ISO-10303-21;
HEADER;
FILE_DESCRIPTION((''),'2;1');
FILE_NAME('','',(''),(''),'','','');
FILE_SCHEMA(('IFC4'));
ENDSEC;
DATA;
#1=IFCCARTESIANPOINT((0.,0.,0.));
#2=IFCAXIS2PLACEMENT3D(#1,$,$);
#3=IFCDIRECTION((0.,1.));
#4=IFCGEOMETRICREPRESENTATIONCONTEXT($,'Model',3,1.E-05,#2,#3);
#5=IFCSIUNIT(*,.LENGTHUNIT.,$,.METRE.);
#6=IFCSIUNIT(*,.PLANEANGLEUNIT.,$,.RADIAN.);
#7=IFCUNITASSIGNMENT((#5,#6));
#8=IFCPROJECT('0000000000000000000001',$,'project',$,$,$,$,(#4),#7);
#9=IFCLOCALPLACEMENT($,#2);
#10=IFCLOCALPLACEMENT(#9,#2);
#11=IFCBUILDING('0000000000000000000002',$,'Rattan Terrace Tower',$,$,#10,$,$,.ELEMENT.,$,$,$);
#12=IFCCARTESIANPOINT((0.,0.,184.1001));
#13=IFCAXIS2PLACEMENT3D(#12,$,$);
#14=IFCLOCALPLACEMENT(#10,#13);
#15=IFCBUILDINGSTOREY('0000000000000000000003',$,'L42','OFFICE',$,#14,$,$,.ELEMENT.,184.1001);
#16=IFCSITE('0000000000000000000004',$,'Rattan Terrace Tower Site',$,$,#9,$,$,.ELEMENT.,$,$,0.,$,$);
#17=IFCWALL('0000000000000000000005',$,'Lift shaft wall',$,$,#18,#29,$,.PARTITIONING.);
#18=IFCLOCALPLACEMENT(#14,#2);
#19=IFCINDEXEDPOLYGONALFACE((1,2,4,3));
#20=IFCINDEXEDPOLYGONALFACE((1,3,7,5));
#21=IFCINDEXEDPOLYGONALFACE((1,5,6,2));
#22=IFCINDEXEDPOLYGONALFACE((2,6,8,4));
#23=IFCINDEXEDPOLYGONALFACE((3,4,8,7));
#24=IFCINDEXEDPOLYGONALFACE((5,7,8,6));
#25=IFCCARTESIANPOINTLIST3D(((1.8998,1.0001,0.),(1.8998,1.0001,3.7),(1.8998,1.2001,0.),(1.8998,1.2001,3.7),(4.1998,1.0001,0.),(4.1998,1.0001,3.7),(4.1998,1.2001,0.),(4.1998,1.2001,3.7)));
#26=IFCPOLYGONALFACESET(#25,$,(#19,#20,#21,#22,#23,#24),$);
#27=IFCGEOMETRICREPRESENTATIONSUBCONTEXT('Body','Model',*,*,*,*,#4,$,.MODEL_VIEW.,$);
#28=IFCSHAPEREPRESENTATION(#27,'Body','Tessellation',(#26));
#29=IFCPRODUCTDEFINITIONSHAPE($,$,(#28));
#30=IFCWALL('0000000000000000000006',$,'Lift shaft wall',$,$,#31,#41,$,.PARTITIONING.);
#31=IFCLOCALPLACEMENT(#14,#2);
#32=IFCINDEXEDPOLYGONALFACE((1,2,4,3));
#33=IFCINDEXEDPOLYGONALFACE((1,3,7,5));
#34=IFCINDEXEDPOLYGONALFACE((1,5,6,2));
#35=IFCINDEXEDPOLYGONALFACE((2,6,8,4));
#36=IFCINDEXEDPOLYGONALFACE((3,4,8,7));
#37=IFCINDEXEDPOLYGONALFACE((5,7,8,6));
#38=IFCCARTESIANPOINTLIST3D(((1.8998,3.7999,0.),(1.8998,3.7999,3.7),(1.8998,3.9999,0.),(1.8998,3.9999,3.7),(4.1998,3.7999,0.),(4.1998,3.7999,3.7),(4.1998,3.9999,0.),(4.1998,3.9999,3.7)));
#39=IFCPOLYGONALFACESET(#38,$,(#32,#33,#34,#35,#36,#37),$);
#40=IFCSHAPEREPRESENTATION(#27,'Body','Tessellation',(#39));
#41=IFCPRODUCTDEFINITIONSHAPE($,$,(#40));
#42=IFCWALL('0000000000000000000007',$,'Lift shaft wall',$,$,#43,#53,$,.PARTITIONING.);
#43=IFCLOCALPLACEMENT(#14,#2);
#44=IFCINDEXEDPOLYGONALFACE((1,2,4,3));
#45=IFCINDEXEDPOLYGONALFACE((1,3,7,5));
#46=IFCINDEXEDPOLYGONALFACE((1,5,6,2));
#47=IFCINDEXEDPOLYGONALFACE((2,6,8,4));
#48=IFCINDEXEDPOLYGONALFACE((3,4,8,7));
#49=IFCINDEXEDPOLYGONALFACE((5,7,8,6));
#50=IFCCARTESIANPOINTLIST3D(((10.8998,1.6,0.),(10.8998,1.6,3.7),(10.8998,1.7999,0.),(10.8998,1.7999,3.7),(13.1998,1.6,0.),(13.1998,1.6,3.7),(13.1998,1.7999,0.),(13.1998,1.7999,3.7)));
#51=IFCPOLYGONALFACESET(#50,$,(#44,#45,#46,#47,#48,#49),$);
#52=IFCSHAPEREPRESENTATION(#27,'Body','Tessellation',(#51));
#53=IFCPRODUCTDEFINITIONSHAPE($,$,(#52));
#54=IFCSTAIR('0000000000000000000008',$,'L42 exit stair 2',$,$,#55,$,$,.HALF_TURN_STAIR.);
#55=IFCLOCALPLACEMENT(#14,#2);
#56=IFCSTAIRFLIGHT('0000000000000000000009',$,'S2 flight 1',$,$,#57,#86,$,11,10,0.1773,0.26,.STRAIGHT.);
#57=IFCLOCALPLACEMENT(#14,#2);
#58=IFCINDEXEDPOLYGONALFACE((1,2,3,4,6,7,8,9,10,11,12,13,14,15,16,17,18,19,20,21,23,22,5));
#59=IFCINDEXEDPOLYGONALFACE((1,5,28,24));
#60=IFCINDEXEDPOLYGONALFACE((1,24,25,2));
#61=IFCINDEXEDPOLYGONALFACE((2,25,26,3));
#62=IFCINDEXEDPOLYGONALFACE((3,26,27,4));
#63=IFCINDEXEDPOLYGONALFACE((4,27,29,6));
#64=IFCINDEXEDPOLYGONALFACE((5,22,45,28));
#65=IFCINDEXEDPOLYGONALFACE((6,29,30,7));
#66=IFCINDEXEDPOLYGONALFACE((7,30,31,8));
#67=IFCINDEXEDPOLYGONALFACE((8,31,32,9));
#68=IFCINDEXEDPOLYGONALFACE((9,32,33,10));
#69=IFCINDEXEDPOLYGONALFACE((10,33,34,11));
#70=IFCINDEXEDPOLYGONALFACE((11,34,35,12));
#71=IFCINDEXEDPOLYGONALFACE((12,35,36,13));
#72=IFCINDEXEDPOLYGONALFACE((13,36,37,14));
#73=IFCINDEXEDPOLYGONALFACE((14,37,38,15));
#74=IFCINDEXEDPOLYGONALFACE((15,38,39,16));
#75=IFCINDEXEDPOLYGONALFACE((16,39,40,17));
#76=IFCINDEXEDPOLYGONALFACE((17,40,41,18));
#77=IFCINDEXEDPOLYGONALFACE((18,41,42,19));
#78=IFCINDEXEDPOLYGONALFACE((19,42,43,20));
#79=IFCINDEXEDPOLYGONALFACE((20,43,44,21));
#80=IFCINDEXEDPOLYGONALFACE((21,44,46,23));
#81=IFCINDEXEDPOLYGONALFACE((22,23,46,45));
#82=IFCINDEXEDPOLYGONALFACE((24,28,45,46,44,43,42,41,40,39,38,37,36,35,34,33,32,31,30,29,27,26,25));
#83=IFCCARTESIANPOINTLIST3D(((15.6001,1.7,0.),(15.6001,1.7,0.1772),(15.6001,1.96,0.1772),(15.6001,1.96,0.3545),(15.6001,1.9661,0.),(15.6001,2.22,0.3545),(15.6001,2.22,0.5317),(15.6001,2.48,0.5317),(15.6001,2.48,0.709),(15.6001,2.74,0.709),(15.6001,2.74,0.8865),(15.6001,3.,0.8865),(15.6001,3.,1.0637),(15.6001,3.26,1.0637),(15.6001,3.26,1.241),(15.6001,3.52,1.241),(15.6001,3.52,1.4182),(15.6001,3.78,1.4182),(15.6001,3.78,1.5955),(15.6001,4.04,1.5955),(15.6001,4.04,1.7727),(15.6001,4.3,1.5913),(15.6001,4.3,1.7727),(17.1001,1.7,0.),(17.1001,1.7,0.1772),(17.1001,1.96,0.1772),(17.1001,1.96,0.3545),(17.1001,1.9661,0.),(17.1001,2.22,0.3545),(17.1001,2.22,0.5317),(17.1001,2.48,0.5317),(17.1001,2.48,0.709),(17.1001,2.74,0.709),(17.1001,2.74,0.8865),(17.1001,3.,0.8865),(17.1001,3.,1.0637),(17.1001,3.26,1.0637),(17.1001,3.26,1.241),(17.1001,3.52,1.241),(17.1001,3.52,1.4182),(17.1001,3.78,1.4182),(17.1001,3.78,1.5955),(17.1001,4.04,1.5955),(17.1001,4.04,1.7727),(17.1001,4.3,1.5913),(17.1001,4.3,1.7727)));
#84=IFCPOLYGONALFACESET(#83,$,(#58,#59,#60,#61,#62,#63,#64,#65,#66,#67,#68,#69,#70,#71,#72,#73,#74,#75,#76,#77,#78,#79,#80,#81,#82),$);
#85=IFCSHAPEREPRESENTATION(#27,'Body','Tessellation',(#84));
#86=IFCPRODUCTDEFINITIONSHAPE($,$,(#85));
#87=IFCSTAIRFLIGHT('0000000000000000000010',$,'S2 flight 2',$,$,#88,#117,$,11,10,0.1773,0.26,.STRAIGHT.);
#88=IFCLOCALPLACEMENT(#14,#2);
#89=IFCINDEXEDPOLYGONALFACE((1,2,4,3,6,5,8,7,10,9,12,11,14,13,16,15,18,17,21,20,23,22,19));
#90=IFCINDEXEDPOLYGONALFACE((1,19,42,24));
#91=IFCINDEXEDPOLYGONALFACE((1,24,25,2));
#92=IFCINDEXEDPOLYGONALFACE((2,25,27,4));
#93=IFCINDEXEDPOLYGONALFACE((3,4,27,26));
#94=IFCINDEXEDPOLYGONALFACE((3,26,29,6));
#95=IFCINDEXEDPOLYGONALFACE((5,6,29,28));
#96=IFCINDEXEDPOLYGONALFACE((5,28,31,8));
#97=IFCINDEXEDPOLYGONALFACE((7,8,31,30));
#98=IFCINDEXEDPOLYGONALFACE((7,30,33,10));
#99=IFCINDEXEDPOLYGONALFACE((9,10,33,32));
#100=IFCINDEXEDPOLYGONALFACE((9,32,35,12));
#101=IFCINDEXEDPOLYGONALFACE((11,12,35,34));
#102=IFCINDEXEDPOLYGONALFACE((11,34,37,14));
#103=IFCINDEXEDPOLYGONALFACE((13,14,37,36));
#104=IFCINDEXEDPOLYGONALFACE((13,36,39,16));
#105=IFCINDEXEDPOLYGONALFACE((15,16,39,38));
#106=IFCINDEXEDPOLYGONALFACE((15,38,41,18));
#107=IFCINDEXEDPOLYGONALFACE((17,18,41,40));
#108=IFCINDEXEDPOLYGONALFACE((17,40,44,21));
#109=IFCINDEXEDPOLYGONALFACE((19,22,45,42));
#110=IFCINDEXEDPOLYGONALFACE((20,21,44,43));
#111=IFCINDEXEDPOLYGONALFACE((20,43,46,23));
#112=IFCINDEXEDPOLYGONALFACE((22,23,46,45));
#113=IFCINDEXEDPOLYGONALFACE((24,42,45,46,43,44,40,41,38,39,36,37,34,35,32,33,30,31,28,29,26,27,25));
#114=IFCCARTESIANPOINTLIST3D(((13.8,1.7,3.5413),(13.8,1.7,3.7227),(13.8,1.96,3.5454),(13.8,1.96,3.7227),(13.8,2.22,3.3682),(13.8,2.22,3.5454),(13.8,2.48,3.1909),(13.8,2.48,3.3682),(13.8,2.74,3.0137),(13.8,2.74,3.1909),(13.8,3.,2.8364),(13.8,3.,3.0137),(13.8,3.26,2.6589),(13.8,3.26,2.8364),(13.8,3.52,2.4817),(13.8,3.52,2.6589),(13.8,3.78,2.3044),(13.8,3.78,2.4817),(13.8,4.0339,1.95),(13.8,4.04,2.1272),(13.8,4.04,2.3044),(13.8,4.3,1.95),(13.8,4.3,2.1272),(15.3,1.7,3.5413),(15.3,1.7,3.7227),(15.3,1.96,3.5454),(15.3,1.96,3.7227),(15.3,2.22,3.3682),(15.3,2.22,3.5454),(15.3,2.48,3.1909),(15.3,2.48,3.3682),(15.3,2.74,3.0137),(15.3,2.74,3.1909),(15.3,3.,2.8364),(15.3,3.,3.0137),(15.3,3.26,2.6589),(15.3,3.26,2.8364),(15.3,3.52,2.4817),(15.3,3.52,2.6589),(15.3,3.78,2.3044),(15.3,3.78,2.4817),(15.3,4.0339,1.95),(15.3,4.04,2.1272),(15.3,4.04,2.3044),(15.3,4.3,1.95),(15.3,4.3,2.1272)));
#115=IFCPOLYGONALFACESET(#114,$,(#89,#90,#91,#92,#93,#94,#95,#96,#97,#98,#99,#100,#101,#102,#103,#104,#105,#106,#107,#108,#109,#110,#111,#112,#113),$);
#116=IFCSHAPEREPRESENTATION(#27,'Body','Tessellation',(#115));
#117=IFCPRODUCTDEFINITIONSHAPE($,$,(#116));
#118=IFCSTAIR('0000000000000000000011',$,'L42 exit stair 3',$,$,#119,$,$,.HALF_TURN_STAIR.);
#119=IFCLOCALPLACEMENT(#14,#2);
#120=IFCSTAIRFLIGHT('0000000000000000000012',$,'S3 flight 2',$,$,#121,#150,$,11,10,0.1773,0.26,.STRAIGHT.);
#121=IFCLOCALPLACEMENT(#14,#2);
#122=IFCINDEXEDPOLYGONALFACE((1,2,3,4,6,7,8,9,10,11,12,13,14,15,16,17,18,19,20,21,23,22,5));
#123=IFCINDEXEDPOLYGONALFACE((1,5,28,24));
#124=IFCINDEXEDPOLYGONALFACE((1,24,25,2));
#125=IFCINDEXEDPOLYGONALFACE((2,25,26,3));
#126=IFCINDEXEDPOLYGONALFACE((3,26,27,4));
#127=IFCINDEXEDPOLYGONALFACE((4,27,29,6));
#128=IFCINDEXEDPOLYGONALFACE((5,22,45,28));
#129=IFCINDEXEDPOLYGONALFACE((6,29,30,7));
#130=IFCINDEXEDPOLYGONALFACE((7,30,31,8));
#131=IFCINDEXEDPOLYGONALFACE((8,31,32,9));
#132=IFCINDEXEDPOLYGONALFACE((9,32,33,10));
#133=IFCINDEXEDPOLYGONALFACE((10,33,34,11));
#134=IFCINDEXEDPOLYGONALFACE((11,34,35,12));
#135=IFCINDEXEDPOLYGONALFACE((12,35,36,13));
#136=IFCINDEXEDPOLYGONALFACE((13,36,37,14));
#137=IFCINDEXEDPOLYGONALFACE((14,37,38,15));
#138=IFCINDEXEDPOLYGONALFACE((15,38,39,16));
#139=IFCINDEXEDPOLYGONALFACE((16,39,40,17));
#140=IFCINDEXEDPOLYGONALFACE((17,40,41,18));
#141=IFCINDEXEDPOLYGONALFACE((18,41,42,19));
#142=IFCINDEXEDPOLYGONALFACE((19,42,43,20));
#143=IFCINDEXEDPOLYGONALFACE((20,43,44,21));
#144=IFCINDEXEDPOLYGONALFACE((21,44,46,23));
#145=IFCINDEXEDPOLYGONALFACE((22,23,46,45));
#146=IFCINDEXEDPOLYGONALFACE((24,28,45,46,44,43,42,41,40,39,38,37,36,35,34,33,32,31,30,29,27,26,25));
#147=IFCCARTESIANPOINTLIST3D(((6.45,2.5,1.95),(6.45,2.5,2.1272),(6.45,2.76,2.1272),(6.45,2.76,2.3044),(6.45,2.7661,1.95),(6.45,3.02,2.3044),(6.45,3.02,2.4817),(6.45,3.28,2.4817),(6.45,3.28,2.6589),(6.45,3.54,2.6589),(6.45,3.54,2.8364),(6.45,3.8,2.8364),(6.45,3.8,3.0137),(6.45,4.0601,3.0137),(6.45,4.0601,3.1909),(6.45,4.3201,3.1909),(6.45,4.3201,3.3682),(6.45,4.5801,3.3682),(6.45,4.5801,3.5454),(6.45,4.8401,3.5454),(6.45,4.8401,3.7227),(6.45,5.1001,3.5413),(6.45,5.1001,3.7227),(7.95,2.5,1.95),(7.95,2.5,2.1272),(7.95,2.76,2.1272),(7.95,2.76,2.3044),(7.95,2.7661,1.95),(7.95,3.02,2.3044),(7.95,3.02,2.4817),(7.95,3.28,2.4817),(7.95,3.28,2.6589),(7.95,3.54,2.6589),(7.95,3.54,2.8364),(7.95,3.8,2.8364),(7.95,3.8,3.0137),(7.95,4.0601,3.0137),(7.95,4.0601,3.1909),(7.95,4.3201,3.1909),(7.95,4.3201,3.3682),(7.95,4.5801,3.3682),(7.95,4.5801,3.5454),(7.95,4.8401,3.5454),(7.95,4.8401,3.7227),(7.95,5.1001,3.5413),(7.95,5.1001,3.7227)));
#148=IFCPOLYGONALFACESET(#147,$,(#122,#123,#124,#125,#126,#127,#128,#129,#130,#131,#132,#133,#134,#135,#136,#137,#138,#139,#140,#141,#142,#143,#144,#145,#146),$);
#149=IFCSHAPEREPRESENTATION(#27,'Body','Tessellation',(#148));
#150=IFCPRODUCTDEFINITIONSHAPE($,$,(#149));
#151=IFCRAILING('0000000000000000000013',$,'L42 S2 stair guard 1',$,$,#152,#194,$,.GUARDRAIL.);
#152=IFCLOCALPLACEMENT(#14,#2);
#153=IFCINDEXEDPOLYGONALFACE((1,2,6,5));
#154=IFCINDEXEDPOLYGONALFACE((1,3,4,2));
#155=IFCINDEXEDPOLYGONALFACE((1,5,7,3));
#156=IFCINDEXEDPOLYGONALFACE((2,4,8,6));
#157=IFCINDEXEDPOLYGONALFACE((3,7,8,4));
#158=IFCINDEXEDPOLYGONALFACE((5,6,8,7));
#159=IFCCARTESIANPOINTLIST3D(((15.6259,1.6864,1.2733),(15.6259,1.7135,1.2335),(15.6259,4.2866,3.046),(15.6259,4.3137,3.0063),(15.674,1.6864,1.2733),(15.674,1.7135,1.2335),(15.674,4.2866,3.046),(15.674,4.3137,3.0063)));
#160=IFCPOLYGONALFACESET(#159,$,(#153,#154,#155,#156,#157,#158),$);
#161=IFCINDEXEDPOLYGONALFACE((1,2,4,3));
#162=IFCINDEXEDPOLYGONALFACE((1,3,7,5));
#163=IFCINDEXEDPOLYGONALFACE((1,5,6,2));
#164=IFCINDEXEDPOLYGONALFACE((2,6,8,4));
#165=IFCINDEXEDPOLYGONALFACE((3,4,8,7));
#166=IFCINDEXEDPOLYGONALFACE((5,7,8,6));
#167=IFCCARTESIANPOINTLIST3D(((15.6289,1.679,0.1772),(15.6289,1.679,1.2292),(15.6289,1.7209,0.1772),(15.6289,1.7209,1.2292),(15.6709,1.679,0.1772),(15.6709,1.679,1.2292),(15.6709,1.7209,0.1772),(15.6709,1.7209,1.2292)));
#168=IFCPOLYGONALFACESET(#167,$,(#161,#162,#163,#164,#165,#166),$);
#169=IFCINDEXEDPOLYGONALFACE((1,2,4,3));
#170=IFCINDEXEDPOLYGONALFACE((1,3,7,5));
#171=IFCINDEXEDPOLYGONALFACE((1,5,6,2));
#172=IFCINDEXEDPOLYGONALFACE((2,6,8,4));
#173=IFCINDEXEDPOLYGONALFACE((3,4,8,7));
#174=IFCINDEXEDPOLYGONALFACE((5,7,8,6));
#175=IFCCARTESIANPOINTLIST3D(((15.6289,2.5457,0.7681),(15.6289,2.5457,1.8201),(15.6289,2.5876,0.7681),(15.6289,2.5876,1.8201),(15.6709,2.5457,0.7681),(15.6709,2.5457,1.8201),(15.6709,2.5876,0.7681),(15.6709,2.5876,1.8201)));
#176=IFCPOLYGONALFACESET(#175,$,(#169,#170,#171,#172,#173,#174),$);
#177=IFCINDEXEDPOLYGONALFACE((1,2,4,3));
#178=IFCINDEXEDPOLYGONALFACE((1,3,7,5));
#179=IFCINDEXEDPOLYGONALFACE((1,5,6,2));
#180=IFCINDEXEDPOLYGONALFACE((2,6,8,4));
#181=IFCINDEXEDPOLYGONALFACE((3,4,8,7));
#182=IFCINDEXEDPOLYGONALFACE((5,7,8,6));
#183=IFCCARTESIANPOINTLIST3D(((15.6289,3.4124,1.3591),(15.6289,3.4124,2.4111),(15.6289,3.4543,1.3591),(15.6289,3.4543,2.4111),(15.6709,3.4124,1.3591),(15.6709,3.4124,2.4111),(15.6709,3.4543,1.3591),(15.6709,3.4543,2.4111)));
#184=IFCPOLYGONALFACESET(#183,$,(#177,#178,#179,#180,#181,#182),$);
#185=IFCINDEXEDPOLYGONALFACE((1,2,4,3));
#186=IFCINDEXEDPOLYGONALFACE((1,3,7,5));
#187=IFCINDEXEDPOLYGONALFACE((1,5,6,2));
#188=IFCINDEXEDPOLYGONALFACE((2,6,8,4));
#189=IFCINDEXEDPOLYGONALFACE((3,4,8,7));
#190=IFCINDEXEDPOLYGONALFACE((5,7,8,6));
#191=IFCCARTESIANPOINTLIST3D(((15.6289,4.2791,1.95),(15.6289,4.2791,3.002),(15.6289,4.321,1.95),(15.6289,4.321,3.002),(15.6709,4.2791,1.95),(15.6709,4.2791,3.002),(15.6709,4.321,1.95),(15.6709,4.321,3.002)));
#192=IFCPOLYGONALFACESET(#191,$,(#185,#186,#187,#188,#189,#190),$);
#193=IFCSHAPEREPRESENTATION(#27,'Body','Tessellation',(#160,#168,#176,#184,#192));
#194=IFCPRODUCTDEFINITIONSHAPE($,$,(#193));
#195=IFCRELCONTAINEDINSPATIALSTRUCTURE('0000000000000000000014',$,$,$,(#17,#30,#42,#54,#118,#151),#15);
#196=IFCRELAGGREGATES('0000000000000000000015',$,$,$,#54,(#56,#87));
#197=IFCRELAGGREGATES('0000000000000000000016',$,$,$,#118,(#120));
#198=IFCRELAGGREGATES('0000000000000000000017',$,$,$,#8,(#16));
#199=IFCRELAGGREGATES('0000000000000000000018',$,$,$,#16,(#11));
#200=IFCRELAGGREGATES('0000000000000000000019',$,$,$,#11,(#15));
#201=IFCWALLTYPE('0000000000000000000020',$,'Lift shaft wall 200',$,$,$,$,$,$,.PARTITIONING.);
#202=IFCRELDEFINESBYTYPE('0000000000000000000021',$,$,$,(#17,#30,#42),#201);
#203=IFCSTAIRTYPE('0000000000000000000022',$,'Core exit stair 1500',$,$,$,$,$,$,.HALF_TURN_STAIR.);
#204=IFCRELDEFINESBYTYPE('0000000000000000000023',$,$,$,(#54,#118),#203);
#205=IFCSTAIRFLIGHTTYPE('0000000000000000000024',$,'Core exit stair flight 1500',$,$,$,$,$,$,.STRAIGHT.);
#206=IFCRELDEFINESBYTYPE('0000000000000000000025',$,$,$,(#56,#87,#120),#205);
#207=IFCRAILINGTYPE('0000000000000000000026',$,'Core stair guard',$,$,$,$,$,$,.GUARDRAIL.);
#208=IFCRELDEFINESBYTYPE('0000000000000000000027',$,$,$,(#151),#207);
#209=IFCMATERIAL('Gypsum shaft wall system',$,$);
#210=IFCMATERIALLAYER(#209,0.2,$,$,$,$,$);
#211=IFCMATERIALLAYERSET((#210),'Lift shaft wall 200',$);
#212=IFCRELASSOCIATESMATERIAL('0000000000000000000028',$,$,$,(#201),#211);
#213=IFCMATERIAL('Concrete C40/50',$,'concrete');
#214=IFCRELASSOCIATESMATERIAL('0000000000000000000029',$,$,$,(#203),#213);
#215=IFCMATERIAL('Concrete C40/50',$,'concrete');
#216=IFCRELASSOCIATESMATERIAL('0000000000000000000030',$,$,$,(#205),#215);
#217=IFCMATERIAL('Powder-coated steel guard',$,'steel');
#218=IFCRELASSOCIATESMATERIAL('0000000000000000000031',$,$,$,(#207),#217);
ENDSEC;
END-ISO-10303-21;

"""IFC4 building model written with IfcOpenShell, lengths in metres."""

from ifc_helpers import new_model, si_unit, direction, frame, frame_2d, origin, origin_2d, place, context, subcontext, project, spatial, polyline, rectangle, outline, extrude, material, layer, layer_set, type_object, element, aggregate, save


model = new_model("IFC4")

# Units and contexts
model_context = context("Model", 3, precision=1e-05, world=origin(), true_north=direction((0.0, 1.0)))
body_context = subcontext(model_context, "Body", "Model", "MODEL_VIEW")
ifc_project = project(units=[si_unit("LENGTHUNIT", "METRE"), si_unit("PLANEANGLEUNIT", "RADIAN")], contexts=[model_context])

# Site, building, storey
site_placement = place(None, origin())
site = spatial("IfcSite", under=ifc_project, at=site_placement, Name="Rattan Terrace Tower Site", CompositionType="ELEMENT", RefElevation=0.0)
building_placement = place(site_placement, origin())
building = spatial("IfcBuilding", under=site, at=building_placement, Name="Rattan Terrace Tower", CompositionType="ELEMENT")
storey_placement = place(building_placement, frame((0.0, 0.0, 184.1001)))
storey = spatial("IfcBuildingStorey", under=building, at=storey_placement, Name="L42", Description="OFFICE", CompositionType="ELEMENT", Elevation=184.1001)

# Walls
ifc_material_1 = material(Name="Gypsum shaft wall system")
ifc_layer_1 = layer(ifc_material_1, 0.2)
ifc_layer_set_1 = layer_set([ifc_layer_1], Name="Lift shaft wall 200")
wall_type_1 = type_object("IfcWallType", Name="Lift shaft wall 200", PredefinedType="PARTITIONING", material=ifc_layer_set_1)
for number, where, z_axis, x_axis, name in (
    (1, (1.8999, 1.1001, 0.0), (0.0, 0.0, 1.0), (1.0, 0.0, 0.0), "Lift shaft wall"),
    (2, (1.8999, 3.8999, 0.0), (0.0, 0.0, 1.0), (1.0, 0.0, 0.0), "Lift shaft wall"),
    (3, (10.8999, 1.7, 0.0), (0.0, 0.0, 1.0), (1.0, 0.0, 0.0), "Lift shaft wall"),
):
    element("IfcWall", number, at=place(storey_placement, frame(where, z_axis=z_axis, x_axis=x_axis)), inside=storey, type_object=wall_type_1, Name=name, PredefinedType="PARTITIONING", context=body_context, shape_type="SweptSolid", body=[
        extrude(rectangle(XDim=2.3, YDim=0.2, at=frame_2d((1.1499, 0.0))), origin(), (0.0, 0.0, 1.0), 3.7),
    ])

# Stair, stair flights
ifc_material_2 = material(Name="Concrete C40/50", Category="concrete")
stair_type = type_object("IfcStairType", Name="Core exit stair 1500", PredefinedType="HALF_TURN_STAIR", material=ifc_material_2)
stair_1_placement = place(storey_placement, origin())
stair_1 = element("IfcStair", 4, at=stair_1_placement, inside=storey, type_object=stair_type, Name="L42 exit stair 2", PredefinedType="HALF_TURN_STAIR")
ifc_material_3 = material(Name="Concrete C40/50", Category="concrete")
stair_flight_type = type_object("IfcStairFlightType", Name="Core exit stair flight 1500", PredefinedType="STRAIGHT", material=ifc_material_3)
stair_flight_1_placement = place(storey_placement, frame((16.3501, 1.7, 0.0), z_axis=(0.0, 0.0, 1.0), x_axis=(0.0, 1.0, 0.0)))
stair_flight_1 = element("IfcStairFlight", 5, at=stair_flight_1_placement, type_object=stair_flight_type, Name="S2 flight 1", NumberOfRisers=11, NumberOfTreads=10, PredefinedType="STRAIGHT", RiserHeight=0.1773, TreadLength=0.26, context=body_context, shape_type="SweptSolid", body=[
    extrude(outline(polyline([(0.0, 0.0), (0.0, 0.1772), (0.26, 0.1772), (0.26, 0.3545), (0.52, 0.3545), (0.52, 0.5317), (0.78, 0.5317), (0.78, 0.709), (1.04, 0.709), (1.04, 0.8865), (1.3, 0.8865), (1.3, 1.0637), (1.5601, 1.0637), (1.5601, 1.241), (1.8201, 1.241), (1.8201, 1.4182), (2.0801, 1.4182), (2.0801, 1.5955), (2.3401, 1.5955), (2.3401, 1.7727), (2.6001, 1.7727), (2.6001, 1.95), (2.6001, 1.5913), (0.2661, 0.0), (0.0, 0.0)])), frame((0.0, 0.75, 0.0), z_axis=(0.0, -1.0, 0.0), x_axis=(1.0, 0.0, 0.0)), (0.0, 0.0, 1.0), 1.5),
])
stair_flight_2_placement = place(storey_placement, frame((14.55, 4.3, 1.95), z_axis=(0.0, 0.0, 1.0), x_axis=(0.0, -1.0, 0.0)))
stair_flight_2 = element("IfcStairFlight", 6, at=stair_flight_2_placement, type_object=stair_flight_type, Name="S2 flight 2", NumberOfRisers=11, NumberOfTreads=10, PredefinedType="STRAIGHT", RiserHeight=0.1773, TreadLength=0.26, context=body_context, shape_type="SweptSolid", body=[
    extrude(outline(polyline([(0.0, 0.0), (0.0, 0.1772), (0.26, 0.1772), (0.26, 0.3545), (0.52, 0.3545), (0.52, 0.5317), (0.78, 0.5317), (0.78, 0.709), (1.04, 0.709), (1.04, 0.8865), (1.3, 0.8865), (1.3, 1.0637), (1.5601, 1.0637), (1.5601, 1.241), (1.8201, 1.241), (1.8201, 1.4182), (2.0801, 1.4182), (2.0801, 1.5955), (2.3401, 1.5955), (2.3401, 1.7727), (2.6001, 1.7727), (2.6001, 1.95), (2.6001, 1.5913), (0.2661, 0.0), (0.0, 0.0)])), frame((0.0, 0.75, 0.0), z_axis=(0.0, -1.0, 0.0), x_axis=(1.0, 0.0, 0.0)), (0.0, 0.0, 1.0), 1.5),
])
aggregate(stair_1, [stair_flight_1, stair_flight_2])

# Stair, stair flight
stair_2_placement = place(storey_placement, origin())
stair_2 = element("IfcStair", 7, at=stair_2_placement, inside=storey, type_object=stair_type, Name="L42 exit stair 3", PredefinedType="HALF_TURN_STAIR")
stair_flight_3_placement = place(storey_placement, frame((7.2, 2.5, 1.95), z_axis=(0.0, 0.0, 1.0), x_axis=(0.0, 1.0, 0.0)))
stair_flight_3 = element("IfcStairFlight", 8, at=stair_flight_3_placement, type_object=stair_flight_type, Name="S3 flight 2", NumberOfRisers=11, NumberOfTreads=10, PredefinedType="STRAIGHT", RiserHeight=0.1773, TreadLength=0.26, context=body_context, shape_type="SweptSolid", body=[
    extrude(outline(polyline([(0.0, 0.0), (0.0, 0.1772), (0.26, 0.1772), (0.26, 0.3545), (0.52, 0.3545), (0.52, 0.5317), (0.78, 0.5317), (0.78, 0.709), (1.04, 0.709), (1.04, 0.8865), (1.3, 0.8865), (1.3, 1.0637), (1.5601, 1.0637), (1.5601, 1.241), (1.8201, 1.241), (1.8201, 1.4182), (2.0801, 1.4182), (2.0801, 1.5955), (2.3401, 1.5955), (2.3401, 1.7727), (2.6001, 1.7727), (2.6001, 1.95), (2.6001, 1.5913), (0.2661, 0.0), (0.0, 0.0)])), frame((0.0, 0.75, 0.0), z_axis=(0.0, -1.0, 0.0), x_axis=(1.0, 0.0, 0.0)), (0.0, 0.0, 1.0), 1.5),
])
aggregate(stair_2, [stair_flight_3])

# Railing
ifc_material_4 = material(Name="Powder-coated steel guard", Category="steel")
railing_type_1 = type_object("IfcRailingType", Name="Core stair guard", PredefinedType="GUARDRAIL", material=ifc_material_4)
railing_1_placement = place(storey_placement, frame((15.6499, 1.7, 0.1772)))
element("IfcRailing", 9, at=railing_1_placement, inside=storey, type_object=railing_type_1, Name="L42 S2 stair guard 1", PredefinedType="GUARDRAIL", context=body_context, shape_type="SweptSolid", body=[
    extrude(rectangle(XDim=0.0481, YDim=0.0481, at=origin_2d()), frame((0.0, 0.0, 1.0762), z_axis=(0.0, 0.82624, 0.563318), x_axis=(-1.0, 0.0, 0.0)), (0.0, 0.0, 1.0), 3.147),
    extrude(rectangle(XDim=0.042, YDim=0.042, at=origin_2d()), origin(), (0.0, 0.0, 1.0), 1.052),
    extrude(rectangle(XDim=0.042, YDim=0.042, at=origin_2d()), frame((0.0, 0.8667, 0.5908)), (0.0, 0.0, 1.0), 1.052),
    extrude(rectangle(XDim=0.042, YDim=0.042, at=origin_2d()), frame((0.0, 1.7334, 1.1819)), (0.0, 0.0, 1.0), 1.052),
    extrude(rectangle(XDim=0.042, YDim=0.042, at=origin_2d()), frame((0.0, 2.6001, 1.7727)), (0.0, 0.0, 1.0), 1.052),
])

save(model, "model.ifc")
